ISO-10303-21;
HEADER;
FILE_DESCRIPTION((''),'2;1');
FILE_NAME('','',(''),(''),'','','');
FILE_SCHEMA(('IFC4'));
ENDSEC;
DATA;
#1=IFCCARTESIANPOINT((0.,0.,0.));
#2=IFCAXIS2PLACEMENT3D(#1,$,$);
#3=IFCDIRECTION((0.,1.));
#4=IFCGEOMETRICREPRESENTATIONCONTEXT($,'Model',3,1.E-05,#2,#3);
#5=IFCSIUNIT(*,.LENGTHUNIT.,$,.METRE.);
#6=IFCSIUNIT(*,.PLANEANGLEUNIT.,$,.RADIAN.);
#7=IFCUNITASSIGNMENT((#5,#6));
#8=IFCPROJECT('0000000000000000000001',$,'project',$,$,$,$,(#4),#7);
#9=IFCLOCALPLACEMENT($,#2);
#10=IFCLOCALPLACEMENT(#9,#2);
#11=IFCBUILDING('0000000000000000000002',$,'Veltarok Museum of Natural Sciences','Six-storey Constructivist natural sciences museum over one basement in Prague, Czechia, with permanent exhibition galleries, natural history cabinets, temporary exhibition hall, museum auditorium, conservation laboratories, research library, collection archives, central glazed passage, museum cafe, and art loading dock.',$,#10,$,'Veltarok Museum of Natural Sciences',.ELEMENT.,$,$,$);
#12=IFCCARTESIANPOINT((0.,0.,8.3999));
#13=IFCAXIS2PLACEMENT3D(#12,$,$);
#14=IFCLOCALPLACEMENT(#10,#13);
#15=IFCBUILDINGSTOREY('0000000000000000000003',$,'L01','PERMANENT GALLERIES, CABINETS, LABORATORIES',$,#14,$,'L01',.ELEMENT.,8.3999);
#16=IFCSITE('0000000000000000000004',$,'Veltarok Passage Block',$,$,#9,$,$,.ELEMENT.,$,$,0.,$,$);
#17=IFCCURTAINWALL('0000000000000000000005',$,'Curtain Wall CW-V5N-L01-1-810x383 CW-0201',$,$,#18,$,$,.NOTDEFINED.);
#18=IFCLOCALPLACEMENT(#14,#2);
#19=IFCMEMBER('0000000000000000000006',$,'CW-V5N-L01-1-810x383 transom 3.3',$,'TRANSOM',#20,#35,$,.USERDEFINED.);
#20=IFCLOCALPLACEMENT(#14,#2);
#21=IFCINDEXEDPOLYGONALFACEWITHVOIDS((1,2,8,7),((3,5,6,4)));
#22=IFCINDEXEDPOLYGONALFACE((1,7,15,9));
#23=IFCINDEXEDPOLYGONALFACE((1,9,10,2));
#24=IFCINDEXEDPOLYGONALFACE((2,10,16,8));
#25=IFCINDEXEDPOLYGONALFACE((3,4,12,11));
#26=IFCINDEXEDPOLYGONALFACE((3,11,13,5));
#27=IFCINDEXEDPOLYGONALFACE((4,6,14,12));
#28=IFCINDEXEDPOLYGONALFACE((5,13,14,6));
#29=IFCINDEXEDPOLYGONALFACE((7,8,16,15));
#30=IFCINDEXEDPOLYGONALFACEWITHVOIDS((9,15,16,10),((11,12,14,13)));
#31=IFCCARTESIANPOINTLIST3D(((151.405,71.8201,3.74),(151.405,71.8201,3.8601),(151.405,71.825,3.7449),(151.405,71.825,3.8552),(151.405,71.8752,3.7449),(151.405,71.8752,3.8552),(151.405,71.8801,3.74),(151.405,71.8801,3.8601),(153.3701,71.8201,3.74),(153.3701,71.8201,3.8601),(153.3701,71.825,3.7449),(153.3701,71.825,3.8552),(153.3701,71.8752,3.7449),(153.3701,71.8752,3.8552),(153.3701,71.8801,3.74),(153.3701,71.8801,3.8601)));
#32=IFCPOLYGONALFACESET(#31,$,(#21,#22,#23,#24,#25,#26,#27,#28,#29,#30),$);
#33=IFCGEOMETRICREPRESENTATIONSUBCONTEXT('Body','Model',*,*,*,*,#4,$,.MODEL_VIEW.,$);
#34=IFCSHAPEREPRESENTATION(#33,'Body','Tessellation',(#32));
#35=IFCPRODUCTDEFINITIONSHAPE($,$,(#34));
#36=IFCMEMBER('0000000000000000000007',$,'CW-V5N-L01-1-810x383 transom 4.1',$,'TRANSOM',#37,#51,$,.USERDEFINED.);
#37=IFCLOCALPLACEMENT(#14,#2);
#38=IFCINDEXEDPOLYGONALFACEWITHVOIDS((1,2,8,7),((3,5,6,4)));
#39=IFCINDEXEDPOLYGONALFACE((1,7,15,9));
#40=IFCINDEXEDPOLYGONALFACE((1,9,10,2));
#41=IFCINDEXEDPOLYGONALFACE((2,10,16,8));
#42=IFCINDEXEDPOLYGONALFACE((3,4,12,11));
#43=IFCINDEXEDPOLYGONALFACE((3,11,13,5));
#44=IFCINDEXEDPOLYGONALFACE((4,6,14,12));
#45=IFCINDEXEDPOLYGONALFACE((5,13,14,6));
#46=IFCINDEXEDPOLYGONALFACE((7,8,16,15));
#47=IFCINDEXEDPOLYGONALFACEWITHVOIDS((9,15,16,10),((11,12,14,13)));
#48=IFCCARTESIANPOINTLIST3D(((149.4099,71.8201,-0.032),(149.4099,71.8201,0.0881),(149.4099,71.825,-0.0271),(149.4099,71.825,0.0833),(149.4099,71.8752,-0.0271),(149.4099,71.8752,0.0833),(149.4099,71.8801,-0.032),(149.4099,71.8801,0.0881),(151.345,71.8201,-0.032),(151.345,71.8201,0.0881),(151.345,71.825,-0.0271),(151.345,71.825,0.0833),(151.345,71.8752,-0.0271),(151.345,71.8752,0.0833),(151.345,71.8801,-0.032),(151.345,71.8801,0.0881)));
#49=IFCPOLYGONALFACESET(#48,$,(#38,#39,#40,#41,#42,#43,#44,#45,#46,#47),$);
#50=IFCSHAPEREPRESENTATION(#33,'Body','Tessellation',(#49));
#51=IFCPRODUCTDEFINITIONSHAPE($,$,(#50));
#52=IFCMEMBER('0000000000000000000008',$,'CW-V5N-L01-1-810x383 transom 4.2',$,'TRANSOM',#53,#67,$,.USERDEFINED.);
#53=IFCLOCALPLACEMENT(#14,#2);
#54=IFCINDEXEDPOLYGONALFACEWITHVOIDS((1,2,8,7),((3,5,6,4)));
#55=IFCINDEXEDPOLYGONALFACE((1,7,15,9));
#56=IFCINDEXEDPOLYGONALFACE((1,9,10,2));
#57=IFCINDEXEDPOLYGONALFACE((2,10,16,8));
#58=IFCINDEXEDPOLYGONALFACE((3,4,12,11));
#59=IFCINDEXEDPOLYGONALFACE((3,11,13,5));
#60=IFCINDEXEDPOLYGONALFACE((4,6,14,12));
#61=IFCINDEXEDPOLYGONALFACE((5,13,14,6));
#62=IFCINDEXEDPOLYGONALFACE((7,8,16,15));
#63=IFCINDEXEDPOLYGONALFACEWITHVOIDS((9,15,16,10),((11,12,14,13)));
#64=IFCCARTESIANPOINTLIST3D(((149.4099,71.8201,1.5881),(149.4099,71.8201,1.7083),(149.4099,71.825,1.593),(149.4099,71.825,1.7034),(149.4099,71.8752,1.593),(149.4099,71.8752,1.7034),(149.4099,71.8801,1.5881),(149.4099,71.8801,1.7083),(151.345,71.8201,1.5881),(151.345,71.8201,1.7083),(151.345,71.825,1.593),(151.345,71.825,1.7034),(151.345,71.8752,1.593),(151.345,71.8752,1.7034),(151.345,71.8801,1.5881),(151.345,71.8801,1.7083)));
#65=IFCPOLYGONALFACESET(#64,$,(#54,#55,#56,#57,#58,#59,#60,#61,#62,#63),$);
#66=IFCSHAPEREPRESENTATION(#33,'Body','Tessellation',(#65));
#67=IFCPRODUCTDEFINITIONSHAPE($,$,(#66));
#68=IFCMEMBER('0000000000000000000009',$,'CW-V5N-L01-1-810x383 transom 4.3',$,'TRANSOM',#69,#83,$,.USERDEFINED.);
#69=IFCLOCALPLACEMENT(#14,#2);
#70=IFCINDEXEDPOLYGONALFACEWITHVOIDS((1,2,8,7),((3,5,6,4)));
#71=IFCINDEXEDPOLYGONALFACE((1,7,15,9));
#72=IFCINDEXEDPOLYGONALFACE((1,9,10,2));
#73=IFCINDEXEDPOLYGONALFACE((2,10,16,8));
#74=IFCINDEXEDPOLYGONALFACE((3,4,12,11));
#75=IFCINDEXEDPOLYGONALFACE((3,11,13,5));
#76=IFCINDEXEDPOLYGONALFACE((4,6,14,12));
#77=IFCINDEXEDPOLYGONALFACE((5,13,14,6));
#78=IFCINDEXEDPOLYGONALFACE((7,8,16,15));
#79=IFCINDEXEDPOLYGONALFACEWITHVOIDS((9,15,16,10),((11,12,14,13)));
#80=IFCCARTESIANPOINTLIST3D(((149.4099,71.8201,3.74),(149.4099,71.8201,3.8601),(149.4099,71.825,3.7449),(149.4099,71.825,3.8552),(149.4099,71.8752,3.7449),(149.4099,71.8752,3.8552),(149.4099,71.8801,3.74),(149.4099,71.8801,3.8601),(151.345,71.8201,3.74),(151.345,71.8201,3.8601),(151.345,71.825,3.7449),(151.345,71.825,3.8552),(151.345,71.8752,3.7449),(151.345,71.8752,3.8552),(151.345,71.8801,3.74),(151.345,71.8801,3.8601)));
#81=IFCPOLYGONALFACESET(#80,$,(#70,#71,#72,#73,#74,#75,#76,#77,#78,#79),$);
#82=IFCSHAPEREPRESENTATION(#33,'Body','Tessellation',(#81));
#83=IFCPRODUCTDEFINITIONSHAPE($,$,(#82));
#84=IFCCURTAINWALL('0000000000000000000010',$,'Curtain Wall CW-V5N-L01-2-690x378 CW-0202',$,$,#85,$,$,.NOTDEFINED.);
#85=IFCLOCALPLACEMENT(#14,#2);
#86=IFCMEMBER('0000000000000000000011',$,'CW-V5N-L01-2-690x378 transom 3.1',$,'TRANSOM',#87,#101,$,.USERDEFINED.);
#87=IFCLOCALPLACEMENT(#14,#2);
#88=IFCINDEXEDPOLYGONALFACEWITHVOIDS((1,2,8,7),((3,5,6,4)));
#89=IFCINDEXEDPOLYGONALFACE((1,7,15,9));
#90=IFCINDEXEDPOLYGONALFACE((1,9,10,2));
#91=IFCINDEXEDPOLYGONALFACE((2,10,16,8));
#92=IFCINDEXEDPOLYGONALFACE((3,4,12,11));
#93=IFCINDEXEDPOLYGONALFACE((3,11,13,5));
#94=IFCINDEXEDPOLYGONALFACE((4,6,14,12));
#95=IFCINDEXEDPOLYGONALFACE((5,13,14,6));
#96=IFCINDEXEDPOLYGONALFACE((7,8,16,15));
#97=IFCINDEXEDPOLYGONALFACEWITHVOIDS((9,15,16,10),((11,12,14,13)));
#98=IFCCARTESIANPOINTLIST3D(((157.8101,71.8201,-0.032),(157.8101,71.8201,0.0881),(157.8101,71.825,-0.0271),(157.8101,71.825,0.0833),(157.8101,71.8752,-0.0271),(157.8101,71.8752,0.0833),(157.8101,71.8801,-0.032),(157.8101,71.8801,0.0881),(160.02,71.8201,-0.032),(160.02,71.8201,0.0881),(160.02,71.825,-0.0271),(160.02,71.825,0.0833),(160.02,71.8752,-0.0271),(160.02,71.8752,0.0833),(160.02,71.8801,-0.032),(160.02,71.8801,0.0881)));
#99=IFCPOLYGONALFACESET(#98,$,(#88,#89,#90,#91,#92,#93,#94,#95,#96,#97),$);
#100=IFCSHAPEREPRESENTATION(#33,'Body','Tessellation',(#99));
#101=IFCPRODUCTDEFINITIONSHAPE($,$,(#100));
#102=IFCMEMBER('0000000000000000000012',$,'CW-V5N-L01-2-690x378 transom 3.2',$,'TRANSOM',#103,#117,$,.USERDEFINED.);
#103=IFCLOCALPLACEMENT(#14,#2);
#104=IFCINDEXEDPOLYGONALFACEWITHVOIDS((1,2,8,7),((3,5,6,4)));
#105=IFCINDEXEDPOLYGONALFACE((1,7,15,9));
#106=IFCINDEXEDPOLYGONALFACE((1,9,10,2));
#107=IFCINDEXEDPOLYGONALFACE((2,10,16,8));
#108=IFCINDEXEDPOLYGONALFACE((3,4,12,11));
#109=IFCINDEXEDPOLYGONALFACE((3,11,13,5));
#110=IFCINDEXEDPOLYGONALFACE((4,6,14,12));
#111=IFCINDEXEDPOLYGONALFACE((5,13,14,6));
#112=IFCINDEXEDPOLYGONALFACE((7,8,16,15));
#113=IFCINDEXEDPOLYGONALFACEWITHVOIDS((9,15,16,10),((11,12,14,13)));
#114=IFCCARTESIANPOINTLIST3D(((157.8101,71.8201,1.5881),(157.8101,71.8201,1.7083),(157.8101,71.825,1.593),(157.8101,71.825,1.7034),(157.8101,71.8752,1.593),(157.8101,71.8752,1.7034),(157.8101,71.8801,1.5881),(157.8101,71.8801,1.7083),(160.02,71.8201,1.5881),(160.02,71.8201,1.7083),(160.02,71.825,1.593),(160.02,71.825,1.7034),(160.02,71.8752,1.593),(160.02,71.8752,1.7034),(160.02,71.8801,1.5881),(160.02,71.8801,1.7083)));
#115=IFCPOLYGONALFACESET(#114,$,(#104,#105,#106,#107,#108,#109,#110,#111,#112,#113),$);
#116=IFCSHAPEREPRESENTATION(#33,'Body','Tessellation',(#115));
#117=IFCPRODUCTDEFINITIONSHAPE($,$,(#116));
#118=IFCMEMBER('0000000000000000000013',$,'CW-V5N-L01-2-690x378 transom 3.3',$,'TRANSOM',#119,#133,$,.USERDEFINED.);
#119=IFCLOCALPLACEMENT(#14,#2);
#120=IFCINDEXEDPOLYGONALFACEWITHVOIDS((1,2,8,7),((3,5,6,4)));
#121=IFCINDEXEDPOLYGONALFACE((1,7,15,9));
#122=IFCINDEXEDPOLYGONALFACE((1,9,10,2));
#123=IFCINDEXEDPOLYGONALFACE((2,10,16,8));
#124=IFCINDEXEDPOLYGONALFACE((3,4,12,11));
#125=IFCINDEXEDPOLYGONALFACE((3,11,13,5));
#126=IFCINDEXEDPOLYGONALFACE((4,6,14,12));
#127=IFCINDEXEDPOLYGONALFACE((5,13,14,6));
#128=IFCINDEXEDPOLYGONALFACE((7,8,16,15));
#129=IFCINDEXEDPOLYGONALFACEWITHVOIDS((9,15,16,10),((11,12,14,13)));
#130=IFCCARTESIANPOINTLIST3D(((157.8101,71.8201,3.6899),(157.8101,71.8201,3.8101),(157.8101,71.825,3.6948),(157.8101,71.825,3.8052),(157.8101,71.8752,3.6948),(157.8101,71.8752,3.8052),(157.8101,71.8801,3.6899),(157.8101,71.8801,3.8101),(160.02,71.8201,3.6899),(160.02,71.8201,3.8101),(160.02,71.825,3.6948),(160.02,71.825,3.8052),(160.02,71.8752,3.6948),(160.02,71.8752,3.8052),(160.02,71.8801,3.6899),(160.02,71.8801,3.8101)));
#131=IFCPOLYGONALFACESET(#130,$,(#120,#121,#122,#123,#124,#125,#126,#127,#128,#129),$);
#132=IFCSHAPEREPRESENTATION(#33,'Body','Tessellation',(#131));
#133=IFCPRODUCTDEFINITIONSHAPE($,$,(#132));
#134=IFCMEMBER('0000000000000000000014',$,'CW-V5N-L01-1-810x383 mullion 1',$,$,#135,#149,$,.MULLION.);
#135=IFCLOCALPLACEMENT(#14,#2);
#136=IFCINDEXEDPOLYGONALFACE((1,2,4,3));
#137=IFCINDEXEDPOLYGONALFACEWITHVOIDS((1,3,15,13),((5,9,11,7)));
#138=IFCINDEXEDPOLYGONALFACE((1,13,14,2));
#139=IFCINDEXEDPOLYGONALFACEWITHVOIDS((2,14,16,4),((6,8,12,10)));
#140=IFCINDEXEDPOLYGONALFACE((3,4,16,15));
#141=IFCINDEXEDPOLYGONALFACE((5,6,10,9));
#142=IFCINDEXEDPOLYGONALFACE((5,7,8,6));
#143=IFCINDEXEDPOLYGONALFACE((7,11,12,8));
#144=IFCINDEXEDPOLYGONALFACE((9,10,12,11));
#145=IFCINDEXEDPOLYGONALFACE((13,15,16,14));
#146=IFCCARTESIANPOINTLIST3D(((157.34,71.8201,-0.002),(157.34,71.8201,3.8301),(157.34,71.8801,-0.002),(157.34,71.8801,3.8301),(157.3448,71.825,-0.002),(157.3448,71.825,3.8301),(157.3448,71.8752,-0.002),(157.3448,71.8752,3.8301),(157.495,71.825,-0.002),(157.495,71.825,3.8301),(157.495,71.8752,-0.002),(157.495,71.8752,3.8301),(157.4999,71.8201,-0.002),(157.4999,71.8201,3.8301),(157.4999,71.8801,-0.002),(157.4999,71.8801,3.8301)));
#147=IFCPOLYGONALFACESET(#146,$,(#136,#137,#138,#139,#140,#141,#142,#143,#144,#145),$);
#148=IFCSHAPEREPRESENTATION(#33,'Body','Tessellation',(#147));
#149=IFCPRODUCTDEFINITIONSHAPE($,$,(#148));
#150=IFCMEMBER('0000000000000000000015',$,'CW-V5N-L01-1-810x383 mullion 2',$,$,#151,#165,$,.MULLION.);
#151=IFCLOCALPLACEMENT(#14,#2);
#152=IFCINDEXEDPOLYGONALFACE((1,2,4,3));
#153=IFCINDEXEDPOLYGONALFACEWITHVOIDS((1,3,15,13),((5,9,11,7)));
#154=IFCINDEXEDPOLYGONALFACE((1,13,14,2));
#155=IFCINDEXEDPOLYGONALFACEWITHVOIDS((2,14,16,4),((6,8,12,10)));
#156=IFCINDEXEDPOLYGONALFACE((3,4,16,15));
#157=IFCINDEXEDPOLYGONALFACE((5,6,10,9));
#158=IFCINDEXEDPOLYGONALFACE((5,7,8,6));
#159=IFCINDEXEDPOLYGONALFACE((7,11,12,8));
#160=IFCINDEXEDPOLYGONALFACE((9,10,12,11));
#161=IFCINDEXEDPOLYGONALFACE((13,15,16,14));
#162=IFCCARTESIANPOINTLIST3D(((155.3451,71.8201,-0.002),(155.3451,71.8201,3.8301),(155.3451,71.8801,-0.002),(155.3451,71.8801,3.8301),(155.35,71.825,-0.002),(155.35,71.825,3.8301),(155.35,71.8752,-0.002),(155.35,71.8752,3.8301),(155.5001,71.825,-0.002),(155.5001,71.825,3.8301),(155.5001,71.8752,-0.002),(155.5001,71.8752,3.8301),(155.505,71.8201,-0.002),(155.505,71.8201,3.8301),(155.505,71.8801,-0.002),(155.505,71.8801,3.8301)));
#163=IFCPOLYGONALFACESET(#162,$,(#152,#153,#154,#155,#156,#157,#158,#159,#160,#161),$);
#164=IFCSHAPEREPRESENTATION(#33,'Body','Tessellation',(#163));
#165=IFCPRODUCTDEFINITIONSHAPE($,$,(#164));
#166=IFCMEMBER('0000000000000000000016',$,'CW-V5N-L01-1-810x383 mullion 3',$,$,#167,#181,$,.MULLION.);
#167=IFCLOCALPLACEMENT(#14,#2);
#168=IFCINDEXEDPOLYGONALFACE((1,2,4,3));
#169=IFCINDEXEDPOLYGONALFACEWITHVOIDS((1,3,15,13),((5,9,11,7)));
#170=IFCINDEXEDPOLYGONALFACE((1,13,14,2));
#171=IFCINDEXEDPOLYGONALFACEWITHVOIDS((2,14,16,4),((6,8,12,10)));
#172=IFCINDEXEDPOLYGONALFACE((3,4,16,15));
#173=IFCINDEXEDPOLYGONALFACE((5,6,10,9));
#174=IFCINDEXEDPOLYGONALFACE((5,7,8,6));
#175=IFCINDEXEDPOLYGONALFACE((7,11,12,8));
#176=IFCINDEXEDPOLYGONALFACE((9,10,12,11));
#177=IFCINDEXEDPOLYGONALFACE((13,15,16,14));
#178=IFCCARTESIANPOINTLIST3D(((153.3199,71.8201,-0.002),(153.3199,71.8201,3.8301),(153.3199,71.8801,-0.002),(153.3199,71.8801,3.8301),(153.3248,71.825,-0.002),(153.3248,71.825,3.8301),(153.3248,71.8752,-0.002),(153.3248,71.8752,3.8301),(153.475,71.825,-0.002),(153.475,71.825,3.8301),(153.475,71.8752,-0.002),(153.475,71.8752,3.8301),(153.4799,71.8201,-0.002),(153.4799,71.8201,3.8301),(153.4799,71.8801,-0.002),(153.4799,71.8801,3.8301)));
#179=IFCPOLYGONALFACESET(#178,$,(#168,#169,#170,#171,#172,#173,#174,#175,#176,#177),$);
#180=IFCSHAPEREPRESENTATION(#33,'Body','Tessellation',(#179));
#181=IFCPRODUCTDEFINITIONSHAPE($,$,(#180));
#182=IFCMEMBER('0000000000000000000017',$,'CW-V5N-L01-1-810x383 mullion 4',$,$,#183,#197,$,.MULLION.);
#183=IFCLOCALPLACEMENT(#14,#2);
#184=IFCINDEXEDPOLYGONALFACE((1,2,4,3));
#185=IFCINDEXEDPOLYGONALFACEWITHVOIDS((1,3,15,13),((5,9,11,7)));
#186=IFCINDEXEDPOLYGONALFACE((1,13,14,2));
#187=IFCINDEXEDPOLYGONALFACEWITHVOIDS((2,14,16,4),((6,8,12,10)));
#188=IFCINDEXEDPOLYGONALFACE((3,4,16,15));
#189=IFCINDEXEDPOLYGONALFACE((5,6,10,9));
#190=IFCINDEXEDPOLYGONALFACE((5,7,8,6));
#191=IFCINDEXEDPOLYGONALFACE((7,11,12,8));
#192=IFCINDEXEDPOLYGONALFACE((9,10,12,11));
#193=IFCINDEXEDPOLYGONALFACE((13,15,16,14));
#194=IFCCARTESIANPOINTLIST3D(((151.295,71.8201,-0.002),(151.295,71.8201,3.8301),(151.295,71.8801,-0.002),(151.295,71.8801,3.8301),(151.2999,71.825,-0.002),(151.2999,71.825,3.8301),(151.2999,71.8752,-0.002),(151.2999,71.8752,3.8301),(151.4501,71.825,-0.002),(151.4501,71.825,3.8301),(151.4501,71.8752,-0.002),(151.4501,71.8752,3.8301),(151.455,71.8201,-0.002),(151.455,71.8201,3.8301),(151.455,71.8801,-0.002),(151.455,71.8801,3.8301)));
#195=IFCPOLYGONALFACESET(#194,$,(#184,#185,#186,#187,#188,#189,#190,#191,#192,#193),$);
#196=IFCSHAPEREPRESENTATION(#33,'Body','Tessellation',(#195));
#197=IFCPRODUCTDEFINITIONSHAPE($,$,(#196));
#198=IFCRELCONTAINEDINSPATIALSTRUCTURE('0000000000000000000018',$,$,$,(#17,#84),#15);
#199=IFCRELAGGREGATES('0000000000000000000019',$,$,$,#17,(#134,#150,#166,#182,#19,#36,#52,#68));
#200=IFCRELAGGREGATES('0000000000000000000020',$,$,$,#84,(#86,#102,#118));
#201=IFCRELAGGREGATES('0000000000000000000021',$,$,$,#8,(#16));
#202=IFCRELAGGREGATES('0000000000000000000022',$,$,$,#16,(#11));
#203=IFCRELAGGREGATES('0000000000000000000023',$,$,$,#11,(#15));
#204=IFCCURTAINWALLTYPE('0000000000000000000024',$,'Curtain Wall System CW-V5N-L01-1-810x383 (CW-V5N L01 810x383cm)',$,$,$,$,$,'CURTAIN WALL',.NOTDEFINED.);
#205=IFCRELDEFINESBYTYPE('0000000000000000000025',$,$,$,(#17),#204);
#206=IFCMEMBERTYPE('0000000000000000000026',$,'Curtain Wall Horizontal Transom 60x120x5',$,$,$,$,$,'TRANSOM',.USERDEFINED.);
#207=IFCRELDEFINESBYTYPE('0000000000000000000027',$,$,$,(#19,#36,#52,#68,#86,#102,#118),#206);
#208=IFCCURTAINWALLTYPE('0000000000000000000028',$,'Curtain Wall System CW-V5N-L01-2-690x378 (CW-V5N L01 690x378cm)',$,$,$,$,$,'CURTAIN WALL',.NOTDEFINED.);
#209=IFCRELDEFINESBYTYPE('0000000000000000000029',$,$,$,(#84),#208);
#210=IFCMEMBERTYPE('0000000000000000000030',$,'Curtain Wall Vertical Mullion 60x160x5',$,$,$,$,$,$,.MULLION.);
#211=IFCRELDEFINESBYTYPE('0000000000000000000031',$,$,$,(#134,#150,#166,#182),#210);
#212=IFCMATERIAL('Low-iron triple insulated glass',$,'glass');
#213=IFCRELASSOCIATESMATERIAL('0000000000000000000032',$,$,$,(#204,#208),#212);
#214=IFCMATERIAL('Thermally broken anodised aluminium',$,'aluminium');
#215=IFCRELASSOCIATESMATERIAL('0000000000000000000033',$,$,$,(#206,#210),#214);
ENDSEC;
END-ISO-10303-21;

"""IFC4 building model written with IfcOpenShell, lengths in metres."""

from ifc_helpers import new_model, si_unit, direction, frame, origin, origin_2d, place, context, subcontext, project, spatial, hollow_rectangle, extrude, material, material_profile, profile_set, type_object, element, aggregate, save


model = new_model("IFC4")

# Units and contexts
model_context = context("Model", 3, precision=1e-05, world=origin(), true_north=direction((0.0, 1.0)))
body_context = subcontext(model_context, "Body", "Model", "MODEL_VIEW")
ifc_project = project(units=[si_unit("LENGTHUNIT", "METRE"), si_unit("PLANEANGLEUNIT", "RADIAN")], contexts=[model_context])

# Site, building, storey
site_placement = place(None, origin())
site = spatial("IfcSite", under=ifc_project, at=site_placement, Name="Veltarok Passage Block", CompositionType="ELEMENT", RefElevation=0.0)
building_placement = place(site_placement, origin())
building = spatial("IfcBuilding", under=site, at=building_placement, Name="Veltarok Museum of Natural Sciences", Description="Six-storey Constructivist natural sciences museum over one basement in Prague, Czechia, with permanent exhibition galleries, natural history cabinets, temporary exhibition hall, museum auditorium, conservation laboratories, research library, collection archives, central glazed passage, museum cafe, and art loading dock.", LongName="Veltarok Museum of Natural Sciences", CompositionType="ELEMENT")
storey_placement = place(building_placement, frame((0.0, 0.0, 8.3999)))
storey = spatial("IfcBuildingStorey", under=building, at=storey_placement, Name="L01", Description="PERMANENT GALLERIES, CABINETS, LABORATORIES", LongName="L01", CompositionType="ELEMENT", Elevation=8.3999)

# Curtain walls, members
ifc_material_1 = material(Name="Low-iron triple insulated glass", Category="glass")
curtain_wall_type_1 = type_object("IfcCurtainWallType", Name="Curtain Wall System CW-V5N-L01-1-810x383 (CW-V5N L01 810x383cm)", ElementType="CURTAIN WALL", PredefinedType="NOTDEFINED", material=ifc_material_1)
curtain_wall_1_placement = place(storey_placement, origin())
curtain_wall_1 = element("IfcCurtainWall", 1, at=curtain_wall_1_placement, inside=storey, type_object=curtain_wall_type_1, Name="Curtain Wall CW-V5N-L01-1-810x383 CW-0201", PredefinedType="NOTDEFINED")
ifc_material_2 = material(Name="Thermally broken anodised aluminium", Category="aluminium")
ifc_material_profile_1 = material_profile(ifc_material_2, hollow_rectangle(XDim=0.0601, YDim=0.1201, WallThickness=0.0049, at=origin_2d()), Name="CW TRANSOM 60x120x5")
ifc_profile_set_1 = profile_set([ifc_material_profile_1], Name="Thermally broken anodised aluminium")
member_type_1 = type_object("IfcMemberType", Name="Curtain Wall Horizontal Transom 60x120x5", ElementType="TRANSOM", PredefinedType="USERDEFINED", material=ifc_profile_set_1)
member_1_placement = place(storey_placement, frame((153.3701, 71.8501, 3.8), z_axis=(-1.0, 0.0, 0.0), x_axis=(0.0, -1.0, 0.0)))
member_1 = element("IfcMember", 2, at=member_1_placement, type_object=member_type_1, Name="CW-V5N-L01-1-810x383 transom 3.3", ObjectType="TRANSOM", PredefinedType="USERDEFINED", context=body_context, shape_type="SweptSolid", body=[
    extrude(hollow_rectangle(XDim=0.0601, YDim=0.1201, WallThickness=0.0049, at=origin_2d()), origin(), (0.0, 0.0, 1.0), 1.9651),
])
member_2_placement = place(storey_placement, frame((151.345, 71.8501, 0.0281), z_axis=(-1.0, 0.0, 0.0), x_axis=(0.0, -1.0, 0.0)))
member_2 = element("IfcMember", 3, at=member_2_placement, type_object=member_type_1, Name="CW-V5N-L01-1-810x383 transom 4.1", ObjectType="TRANSOM", PredefinedType="USERDEFINED", context=body_context, shape_type="SweptSolid", body=[
    extrude(hollow_rectangle(XDim=0.0601, YDim=0.1201, WallThickness=0.0049, at=origin_2d()), origin(), (0.0, 0.0, 1.0), 1.9351),
])
member_3_placement = place(storey_placement, frame((151.345, 71.8501, 1.6482), z_axis=(-1.0, 0.0, 0.0), x_axis=(0.0, -1.0, 0.0)))
member_3 = element("IfcMember", 4, at=member_3_placement, type_object=member_type_1, Name="CW-V5N-L01-1-810x383 transom 4.2", ObjectType="TRANSOM", PredefinedType="USERDEFINED", context=body_context, shape_type="SweptSolid", body=[
    extrude(hollow_rectangle(XDim=0.0601, YDim=0.1201, WallThickness=0.0049, at=origin_2d()), origin(), (0.0, 0.0, 1.0), 1.9351),
])
member_4_placement = place(storey_placement, frame((151.345, 71.8501, 3.8), z_axis=(-1.0, 0.0, 0.0), x_axis=(0.0, -1.0, 0.0)))
member_4 = element("IfcMember", 5, at=member_4_placement, type_object=member_type_1, Name="CW-V5N-L01-1-810x383 transom 4.3", ObjectType="TRANSOM", PredefinedType="USERDEFINED", context=body_context, shape_type="SweptSolid", body=[
    extrude(hollow_rectangle(XDim=0.0601, YDim=0.1201, WallThickness=0.0049, at=origin_2d()), origin(), (0.0, 0.0, 1.0), 1.9351),
])
curtain_wall_type_2 = type_object("IfcCurtainWallType", Name="Curtain Wall System CW-V5N-L01-2-690x378 (CW-V5N L01 690x378cm)", ElementType="CURTAIN WALL", PredefinedType="NOTDEFINED", material=ifc_material_1)
curtain_wall_2_placement = place(storey_placement, origin())
curtain_wall_2 = element("IfcCurtainWall", 6, at=curtain_wall_2_placement, inside=storey, type_object=curtain_wall_type_2, Name="Curtain Wall CW-V5N-L01-2-690x378 CW-0202", PredefinedType="NOTDEFINED")
member_5_placement = place(storey_placement, frame((160.02, 71.8501, 0.0281), z_axis=(-1.0, 0.0, 0.0), x_axis=(0.0, -1.0, 0.0)))
member_5 = element("IfcMember", 7, at=member_5_placement, type_object=member_type_1, Name="CW-V5N-L01-2-690x378 transom 3.1", ObjectType="TRANSOM", PredefinedType="USERDEFINED", context=body_context, shape_type="SweptSolid", body=[
    extrude(hollow_rectangle(XDim=0.0601, YDim=0.1201, WallThickness=0.0049, at=origin_2d()), origin(), (0.0, 0.0, 1.0), 2.21),
])
member_6_placement = place(storey_placement, frame((160.02, 71.8501, 1.6482), z_axis=(-1.0, 0.0, 0.0), x_axis=(0.0, -1.0, 0.0)))
member_6 = element("IfcMember", 8, at=member_6_placement, type_object=member_type_1, Name="CW-V5N-L01-2-690x378 transom 3.2", ObjectType="TRANSOM", PredefinedType="USERDEFINED", context=body_context, shape_type="SweptSolid", body=[
    extrude(hollow_rectangle(XDim=0.0601, YDim=0.1201, WallThickness=0.0049, at=origin_2d()), origin(), (0.0, 0.0, 1.0), 2.21),
])
member_7_placement = place(storey_placement, frame((160.02, 71.8501, 3.75), z_axis=(-1.0, 0.0, 0.0), x_axis=(0.0, -1.0, 0.0)))
member_7 = element("IfcMember", 9, at=member_7_placement, type_object=member_type_1, Name="CW-V5N-L01-2-690x378 transom 3.3", ObjectType="TRANSOM", PredefinedType="USERDEFINED", context=body_context, shape_type="SweptSolid", body=[
    extrude(hollow_rectangle(XDim=0.0601, YDim=0.1201, WallThickness=0.0049, at=origin_2d()), origin(), (0.0, 0.0, 1.0), 2.21),
])

# Members
ifc_material_profile_2 = material_profile(ifc_material_2, hollow_rectangle(XDim=0.0601, YDim=0.1599, WallThickness=0.0049, at=origin_2d()), Name="CW MULLION 60x160x5")
ifc_profile_set_2 = profile_set([ifc_material_profile_2], Name="Thermally broken anodised aluminium")
member_type_2 = type_object("IfcMemberType", Name="Curtain Wall Vertical Mullion 60x160x5", PredefinedType="MULLION", material=ifc_profile_set_2)
member_8_placement = place(storey_placement, frame((157.4199, 71.8501, -0.002), z_axis=(0.0, 0.0, 1.0), x_axis=(0.0, -1.0, 0.0)))
member_8 = element("IfcMember", 10, at=member_8_placement, type_object=member_type_2, Name="CW-V5N-L01-1-810x383 mullion 1", PredefinedType="MULLION", context=body_context, shape_type="SweptSolid", body=[
    extrude(hollow_rectangle(XDim=0.0601, YDim=0.1599, WallThickness=0.0049, at=origin_2d()), origin(), (0.0, 0.0, 1.0), 3.832),
])
member_9_placement = place(storey_placement, frame((155.425, 71.8501, -0.002), z_axis=(0.0, 0.0, 1.0), x_axis=(0.0, -1.0, 0.0)))
member_9 = element("IfcMember", 11, at=member_9_placement, type_object=member_type_2, Name="CW-V5N-L01-1-810x383 mullion 2", PredefinedType="MULLION", context=body_context, shape_type="SweptSolid", body=[
    extrude(hollow_rectangle(XDim=0.0601, YDim=0.1599, WallThickness=0.0049, at=origin_2d()), origin(), (0.0, 0.0, 1.0), 3.832),
])
member_10_placement = place(storey_placement, frame((153.3999, 71.8501, -0.002), z_axis=(0.0, 0.0, 1.0), x_axis=(0.0, -1.0, 0.0)))
member_10 = element("IfcMember", 12, at=member_10_placement, type_object=member_type_2, Name="CW-V5N-L01-1-810x383 mullion 3", PredefinedType="MULLION", context=body_context, shape_type="SweptSolid", body=[
    extrude(hollow_rectangle(XDim=0.0601, YDim=0.1599, WallThickness=0.0049, at=origin_2d()), origin(), (0.0, 0.0, 1.0), 3.832),
])
member_11_placement = place(storey_placement, frame((151.375, 71.8501, -0.002), z_axis=(0.0, 0.0, 1.0), x_axis=(0.0, -1.0, 0.0)))
member_11 = element("IfcMember", 13, at=member_11_placement, type_object=member_type_2, Name="CW-V5N-L01-1-810x383 mullion 4", PredefinedType="MULLION", context=body_context, shape_type="SweptSolid", body=[
    extrude(hollow_rectangle(XDim=0.0601, YDim=0.1599, WallThickness=0.0049, at=origin_2d()), origin(), (0.0, 0.0, 1.0), 3.832),
])

aggregate(curtain_wall_1, [member_8, member_9, member_10, member_11, member_1, member_2, member_3, member_4])
aggregate(curtain_wall_2, [member_5, member_6, member_7])

save(model, "model.ifc")
